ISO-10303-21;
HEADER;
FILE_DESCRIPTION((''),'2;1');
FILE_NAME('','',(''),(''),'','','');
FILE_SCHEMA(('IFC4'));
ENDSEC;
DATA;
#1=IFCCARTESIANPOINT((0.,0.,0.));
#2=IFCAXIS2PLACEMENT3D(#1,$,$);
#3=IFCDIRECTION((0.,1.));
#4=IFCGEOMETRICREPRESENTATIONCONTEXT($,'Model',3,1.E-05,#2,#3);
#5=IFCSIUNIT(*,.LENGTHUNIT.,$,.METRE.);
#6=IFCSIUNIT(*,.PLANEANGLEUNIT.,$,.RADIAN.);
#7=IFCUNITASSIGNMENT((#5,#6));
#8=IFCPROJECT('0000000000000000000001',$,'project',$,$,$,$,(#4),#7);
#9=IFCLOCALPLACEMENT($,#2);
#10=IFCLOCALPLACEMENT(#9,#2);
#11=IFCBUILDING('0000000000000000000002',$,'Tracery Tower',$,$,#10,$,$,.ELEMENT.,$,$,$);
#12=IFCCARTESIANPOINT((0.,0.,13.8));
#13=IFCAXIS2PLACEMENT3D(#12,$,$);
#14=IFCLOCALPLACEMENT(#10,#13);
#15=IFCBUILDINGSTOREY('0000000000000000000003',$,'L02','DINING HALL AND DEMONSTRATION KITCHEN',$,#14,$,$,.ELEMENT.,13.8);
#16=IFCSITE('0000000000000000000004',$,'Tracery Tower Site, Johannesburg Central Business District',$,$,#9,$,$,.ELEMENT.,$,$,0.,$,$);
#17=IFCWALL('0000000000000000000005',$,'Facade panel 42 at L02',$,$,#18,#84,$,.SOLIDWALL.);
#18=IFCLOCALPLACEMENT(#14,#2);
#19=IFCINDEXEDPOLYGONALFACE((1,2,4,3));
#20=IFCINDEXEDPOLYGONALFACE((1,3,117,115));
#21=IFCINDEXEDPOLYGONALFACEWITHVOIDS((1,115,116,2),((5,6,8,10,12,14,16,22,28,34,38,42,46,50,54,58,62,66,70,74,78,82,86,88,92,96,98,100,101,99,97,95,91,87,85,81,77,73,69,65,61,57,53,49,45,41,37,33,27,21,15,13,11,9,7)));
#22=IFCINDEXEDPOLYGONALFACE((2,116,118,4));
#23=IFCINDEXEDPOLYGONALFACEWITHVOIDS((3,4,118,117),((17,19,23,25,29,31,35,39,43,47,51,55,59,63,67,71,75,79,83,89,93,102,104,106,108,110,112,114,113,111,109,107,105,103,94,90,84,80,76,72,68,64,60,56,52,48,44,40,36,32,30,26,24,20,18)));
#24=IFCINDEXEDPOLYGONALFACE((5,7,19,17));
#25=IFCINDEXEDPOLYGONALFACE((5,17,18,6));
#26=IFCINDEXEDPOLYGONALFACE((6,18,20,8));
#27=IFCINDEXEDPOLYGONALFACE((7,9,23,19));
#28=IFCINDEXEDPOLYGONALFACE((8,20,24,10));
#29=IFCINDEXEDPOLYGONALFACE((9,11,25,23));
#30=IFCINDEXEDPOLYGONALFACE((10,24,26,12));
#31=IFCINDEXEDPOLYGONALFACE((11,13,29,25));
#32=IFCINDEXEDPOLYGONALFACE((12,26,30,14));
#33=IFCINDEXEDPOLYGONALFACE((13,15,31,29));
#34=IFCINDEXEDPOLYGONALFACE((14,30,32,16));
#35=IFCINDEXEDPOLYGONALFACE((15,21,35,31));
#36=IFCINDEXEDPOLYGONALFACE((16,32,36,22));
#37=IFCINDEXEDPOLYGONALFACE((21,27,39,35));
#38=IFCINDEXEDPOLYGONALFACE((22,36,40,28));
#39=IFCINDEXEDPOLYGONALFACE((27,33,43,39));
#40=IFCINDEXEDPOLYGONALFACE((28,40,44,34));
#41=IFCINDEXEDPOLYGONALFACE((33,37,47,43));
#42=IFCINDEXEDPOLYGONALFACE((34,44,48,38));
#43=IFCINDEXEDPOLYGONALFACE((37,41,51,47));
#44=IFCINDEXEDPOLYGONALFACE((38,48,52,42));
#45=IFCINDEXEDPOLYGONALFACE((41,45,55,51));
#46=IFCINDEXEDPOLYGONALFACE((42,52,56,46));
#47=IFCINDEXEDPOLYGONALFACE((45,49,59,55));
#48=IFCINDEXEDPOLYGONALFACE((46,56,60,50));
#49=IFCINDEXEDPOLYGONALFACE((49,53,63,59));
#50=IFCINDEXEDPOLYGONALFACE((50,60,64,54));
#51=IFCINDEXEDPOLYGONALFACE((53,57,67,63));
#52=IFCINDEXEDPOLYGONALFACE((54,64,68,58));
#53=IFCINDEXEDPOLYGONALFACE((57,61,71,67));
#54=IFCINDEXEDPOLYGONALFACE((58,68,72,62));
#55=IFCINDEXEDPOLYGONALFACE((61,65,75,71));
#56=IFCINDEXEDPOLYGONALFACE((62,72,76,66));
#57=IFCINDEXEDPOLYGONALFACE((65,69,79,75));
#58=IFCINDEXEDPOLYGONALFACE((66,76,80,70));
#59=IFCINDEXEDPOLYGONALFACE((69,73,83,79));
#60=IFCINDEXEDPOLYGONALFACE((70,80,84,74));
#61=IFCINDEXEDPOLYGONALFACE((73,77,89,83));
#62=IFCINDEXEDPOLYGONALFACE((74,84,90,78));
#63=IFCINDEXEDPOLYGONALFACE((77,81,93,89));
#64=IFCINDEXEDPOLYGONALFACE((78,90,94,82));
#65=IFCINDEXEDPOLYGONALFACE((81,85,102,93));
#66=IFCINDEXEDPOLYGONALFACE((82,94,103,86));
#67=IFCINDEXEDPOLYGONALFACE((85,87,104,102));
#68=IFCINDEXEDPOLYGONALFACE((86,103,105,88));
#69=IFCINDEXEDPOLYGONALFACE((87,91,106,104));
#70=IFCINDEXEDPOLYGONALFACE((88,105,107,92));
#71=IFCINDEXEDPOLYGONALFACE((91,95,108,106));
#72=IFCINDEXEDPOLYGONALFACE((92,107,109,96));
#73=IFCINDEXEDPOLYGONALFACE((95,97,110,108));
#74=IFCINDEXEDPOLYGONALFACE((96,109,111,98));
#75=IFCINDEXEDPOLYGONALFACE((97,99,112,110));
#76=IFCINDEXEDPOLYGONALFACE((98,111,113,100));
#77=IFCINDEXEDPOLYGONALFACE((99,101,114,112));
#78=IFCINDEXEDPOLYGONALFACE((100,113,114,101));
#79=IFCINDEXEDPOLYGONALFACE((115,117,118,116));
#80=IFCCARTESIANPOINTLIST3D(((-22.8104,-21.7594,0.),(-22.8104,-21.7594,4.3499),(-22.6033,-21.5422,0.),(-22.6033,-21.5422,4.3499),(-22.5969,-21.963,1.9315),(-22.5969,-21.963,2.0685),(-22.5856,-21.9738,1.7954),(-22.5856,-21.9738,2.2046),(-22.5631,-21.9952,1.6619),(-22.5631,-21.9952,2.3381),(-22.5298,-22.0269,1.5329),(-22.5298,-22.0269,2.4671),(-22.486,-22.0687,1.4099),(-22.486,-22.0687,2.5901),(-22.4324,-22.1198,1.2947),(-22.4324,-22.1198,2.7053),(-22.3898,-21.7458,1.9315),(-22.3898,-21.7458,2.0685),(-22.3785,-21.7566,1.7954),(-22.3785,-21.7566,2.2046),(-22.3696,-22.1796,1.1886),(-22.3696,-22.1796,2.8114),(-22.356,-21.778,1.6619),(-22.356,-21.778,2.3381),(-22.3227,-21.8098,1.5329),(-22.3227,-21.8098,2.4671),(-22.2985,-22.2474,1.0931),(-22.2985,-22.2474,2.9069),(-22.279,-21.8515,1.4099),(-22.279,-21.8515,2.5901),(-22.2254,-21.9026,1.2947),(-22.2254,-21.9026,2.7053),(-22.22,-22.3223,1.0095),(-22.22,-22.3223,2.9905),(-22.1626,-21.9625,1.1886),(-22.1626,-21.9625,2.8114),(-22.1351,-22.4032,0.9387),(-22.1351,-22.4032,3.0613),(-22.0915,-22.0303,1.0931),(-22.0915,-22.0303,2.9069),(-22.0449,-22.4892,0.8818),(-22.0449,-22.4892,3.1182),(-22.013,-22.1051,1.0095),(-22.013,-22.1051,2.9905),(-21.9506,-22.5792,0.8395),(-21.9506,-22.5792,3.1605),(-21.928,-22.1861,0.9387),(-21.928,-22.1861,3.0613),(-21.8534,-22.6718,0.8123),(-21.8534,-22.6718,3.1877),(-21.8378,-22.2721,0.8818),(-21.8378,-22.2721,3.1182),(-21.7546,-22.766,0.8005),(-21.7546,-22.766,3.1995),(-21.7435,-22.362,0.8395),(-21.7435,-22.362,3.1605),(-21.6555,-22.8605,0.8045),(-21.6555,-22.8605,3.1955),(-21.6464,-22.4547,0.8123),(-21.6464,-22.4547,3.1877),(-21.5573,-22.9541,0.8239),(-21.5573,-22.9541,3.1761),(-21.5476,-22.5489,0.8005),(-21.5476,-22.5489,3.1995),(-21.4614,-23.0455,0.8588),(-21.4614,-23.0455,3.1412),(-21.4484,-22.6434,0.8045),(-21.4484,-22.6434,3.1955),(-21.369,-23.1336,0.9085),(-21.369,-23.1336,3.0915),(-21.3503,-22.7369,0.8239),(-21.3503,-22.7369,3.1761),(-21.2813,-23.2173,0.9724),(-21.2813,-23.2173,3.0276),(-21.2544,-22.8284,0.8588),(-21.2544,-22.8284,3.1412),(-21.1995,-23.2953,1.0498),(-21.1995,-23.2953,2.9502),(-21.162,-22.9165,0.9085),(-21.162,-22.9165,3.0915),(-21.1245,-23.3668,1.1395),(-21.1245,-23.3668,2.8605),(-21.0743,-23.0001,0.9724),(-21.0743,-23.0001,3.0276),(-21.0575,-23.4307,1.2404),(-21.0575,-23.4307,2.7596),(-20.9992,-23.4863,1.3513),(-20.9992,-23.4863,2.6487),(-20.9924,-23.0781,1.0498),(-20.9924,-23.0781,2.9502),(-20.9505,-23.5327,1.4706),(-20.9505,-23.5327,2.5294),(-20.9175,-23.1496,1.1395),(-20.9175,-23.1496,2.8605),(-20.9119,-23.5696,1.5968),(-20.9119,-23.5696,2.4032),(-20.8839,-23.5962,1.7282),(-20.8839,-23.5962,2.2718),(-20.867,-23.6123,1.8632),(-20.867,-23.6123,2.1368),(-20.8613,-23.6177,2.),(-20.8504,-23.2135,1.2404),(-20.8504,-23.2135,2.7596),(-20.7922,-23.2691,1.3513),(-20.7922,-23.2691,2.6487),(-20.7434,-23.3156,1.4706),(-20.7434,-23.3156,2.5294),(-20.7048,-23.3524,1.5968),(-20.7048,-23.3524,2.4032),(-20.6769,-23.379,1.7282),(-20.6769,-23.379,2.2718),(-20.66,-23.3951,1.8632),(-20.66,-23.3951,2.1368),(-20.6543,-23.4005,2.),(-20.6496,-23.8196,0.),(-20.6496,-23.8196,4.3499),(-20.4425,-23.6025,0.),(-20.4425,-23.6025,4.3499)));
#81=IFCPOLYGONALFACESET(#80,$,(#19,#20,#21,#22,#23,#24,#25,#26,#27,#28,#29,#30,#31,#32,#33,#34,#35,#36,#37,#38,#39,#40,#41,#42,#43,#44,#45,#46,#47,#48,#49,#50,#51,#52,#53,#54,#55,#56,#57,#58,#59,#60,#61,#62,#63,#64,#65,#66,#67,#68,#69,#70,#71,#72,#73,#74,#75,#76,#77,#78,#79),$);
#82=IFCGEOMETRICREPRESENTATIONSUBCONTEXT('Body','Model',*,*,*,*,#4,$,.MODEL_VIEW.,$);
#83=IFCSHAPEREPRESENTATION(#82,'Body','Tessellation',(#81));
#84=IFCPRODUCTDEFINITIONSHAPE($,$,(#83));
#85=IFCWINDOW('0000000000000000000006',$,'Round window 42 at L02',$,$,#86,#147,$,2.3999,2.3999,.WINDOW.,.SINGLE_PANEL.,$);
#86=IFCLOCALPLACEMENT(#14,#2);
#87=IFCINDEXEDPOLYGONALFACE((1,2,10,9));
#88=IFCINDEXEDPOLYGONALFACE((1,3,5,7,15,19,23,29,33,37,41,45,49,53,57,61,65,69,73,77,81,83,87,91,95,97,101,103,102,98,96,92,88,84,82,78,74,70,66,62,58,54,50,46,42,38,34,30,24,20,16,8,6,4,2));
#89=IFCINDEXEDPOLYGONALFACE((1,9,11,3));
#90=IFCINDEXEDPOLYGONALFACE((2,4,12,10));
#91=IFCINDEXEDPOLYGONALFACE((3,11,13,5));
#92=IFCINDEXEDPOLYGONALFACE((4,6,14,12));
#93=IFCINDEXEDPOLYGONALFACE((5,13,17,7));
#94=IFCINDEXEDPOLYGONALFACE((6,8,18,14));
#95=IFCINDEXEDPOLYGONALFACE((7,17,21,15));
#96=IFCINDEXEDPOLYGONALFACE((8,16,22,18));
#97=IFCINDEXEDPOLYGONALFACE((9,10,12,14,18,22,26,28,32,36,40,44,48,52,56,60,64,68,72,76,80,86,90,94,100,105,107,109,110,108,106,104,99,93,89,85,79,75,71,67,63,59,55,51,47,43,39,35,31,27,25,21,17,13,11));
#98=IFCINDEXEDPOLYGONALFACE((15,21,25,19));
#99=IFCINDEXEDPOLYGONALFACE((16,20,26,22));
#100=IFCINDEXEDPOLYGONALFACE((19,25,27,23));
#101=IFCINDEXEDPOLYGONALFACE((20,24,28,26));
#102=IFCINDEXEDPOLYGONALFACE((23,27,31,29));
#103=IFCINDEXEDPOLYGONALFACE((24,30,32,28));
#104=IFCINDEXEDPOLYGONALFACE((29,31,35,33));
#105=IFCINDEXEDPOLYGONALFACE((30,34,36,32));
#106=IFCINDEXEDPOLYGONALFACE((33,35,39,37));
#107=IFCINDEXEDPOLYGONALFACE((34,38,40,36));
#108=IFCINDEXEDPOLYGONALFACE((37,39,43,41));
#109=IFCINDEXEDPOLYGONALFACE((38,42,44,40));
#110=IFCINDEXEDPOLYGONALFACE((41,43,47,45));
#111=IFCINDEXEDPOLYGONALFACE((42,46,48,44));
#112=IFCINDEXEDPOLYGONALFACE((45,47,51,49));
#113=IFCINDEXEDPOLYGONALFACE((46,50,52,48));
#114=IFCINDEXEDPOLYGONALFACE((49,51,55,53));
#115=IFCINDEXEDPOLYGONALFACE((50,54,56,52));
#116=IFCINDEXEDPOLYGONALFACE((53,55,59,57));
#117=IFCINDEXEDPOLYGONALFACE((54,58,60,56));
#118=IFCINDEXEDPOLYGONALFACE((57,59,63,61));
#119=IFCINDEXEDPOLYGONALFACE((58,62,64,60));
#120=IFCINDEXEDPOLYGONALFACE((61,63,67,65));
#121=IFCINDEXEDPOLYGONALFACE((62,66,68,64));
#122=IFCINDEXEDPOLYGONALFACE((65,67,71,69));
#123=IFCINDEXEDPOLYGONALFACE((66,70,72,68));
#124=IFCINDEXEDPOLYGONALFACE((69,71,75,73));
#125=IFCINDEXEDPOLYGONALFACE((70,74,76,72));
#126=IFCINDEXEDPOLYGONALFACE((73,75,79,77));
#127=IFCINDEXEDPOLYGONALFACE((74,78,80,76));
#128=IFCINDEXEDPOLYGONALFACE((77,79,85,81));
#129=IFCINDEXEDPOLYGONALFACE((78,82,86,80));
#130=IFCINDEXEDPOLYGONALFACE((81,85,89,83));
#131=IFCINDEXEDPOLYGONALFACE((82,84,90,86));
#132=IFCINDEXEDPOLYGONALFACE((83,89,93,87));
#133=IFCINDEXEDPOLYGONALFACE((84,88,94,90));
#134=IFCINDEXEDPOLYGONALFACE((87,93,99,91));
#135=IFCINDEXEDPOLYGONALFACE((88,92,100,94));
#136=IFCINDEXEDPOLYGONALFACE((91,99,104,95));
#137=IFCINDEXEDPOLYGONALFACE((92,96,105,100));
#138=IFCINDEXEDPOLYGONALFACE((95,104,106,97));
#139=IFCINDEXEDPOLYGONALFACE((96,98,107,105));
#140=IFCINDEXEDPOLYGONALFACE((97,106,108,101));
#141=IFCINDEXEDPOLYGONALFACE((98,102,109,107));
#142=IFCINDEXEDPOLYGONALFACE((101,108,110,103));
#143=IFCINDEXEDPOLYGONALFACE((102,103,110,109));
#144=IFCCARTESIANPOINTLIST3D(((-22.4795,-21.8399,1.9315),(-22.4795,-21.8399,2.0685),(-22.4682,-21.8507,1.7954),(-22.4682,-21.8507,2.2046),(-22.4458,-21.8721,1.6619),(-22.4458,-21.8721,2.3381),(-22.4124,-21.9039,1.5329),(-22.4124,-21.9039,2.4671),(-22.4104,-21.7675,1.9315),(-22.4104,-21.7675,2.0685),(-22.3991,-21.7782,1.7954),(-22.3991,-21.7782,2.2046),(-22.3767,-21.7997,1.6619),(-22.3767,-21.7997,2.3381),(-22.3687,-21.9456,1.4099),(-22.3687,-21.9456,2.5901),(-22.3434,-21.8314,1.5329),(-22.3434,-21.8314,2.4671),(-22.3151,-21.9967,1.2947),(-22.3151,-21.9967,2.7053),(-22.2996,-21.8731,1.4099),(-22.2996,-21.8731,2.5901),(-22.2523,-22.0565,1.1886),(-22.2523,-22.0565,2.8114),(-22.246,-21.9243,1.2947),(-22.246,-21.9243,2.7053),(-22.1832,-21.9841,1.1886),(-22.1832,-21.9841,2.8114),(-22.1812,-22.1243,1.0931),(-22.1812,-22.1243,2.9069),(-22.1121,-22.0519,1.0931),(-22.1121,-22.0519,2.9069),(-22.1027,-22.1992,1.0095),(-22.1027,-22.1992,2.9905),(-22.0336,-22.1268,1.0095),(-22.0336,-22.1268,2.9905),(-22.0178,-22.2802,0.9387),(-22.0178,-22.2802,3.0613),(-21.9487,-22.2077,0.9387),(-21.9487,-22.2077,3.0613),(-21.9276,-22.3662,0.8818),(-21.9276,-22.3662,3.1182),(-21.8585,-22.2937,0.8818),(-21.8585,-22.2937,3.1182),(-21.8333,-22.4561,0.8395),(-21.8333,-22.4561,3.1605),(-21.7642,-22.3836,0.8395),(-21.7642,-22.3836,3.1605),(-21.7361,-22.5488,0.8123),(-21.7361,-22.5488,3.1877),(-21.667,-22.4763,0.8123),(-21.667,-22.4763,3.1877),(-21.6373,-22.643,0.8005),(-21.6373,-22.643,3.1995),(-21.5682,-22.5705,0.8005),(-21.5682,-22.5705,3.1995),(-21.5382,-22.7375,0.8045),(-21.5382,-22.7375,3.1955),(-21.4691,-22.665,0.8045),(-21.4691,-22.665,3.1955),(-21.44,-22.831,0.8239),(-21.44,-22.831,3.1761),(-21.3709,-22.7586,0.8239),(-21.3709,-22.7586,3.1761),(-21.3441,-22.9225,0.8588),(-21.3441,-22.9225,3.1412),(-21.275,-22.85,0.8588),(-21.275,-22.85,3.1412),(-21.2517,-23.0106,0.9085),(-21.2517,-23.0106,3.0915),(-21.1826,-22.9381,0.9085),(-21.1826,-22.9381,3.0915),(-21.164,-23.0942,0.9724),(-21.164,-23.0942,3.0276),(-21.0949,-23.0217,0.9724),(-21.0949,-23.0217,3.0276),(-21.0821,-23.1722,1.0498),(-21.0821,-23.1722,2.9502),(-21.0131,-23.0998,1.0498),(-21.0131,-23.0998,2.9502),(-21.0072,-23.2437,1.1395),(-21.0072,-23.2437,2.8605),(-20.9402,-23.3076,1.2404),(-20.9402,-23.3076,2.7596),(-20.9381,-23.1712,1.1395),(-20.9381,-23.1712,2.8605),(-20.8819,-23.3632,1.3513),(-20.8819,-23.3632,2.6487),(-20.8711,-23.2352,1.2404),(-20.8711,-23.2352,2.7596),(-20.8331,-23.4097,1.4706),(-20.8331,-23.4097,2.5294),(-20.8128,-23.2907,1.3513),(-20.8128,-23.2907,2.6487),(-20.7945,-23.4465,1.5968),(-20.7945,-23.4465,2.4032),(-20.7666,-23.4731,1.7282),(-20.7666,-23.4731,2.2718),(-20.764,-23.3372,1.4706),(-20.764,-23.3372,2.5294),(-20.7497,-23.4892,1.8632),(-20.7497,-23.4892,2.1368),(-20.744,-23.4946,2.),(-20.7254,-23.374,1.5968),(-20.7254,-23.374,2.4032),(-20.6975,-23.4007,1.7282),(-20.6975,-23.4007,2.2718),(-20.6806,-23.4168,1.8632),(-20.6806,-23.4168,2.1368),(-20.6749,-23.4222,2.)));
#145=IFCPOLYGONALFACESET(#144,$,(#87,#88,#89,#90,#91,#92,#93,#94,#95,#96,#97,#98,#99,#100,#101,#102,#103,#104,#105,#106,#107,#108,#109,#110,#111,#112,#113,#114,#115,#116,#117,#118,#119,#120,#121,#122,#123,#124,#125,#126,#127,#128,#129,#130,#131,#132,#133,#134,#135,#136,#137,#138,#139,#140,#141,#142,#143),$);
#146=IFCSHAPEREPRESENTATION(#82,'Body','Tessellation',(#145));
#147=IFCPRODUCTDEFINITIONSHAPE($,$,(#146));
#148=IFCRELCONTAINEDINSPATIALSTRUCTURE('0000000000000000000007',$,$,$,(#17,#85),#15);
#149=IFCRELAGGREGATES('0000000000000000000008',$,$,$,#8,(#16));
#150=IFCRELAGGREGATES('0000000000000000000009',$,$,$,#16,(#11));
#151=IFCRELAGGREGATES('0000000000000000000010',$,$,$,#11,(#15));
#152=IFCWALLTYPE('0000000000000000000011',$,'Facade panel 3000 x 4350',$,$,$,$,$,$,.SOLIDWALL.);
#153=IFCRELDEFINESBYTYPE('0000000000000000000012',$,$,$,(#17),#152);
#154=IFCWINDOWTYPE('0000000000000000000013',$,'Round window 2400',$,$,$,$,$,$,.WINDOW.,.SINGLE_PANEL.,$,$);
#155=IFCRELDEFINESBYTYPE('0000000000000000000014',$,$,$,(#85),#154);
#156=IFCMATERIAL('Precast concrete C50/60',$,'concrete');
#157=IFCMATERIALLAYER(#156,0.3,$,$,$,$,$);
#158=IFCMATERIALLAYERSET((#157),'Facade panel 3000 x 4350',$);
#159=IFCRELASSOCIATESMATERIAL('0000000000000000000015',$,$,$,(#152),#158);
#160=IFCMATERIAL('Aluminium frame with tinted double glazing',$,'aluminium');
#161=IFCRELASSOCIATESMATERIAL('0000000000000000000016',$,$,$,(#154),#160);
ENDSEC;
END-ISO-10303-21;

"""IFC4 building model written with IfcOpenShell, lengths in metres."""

from ifc_helpers import new_model, si_unit, direction, frame, frame_2d, origin, origin_2d, place, context, subcontext, project, spatial, rectangle, circle, extrude, material, layer, layer_set, type_object, element, fill, save


model = new_model("IFC4")

# Units and contexts
model_context = context("Model", 3, precision=1e-05, world=origin(), true_north=direction((0.0, 1.0)))
body_context = subcontext(model_context, "Body", "Model", "MODEL_VIEW")
ifc_project = project(units=[si_unit("LENGTHUNIT", "METRE"), si_unit("PLANEANGLEUNIT", "RADIAN")], contexts=[model_context])

# Site, building, storey
site_placement = place(None, origin())
site = spatial("IfcSite", under=ifc_project, at=site_placement, Name="Tracery Tower Site, Johannesburg Central Business District", CompositionType="ELEMENT", RefElevation=0.0)
building_placement = place(site_placement, origin())
building = spatial("IfcBuilding", under=site, at=building_placement, Name="Tracery Tower", CompositionType="ELEMENT")
storey_placement = place(building_placement, frame((0.0, 0.0, 13.8)))
storey = spatial("IfcBuildingStorey", under=building, at=storey_placement, Name="L02", Description="DINING HALL AND DEMONSTRATION KITCHEN", CompositionType="ELEMENT", Elevation=13.8)

# Wall, opening, window
ifc_material_1 = material(Name="Precast concrete C50/60", Category="concrete")
ifc_layer_1 = layer(ifc_material_1, 0.3)
ifc_layer_set_1 = layer_set([ifc_layer_1], Name="Facade panel 3000 x 4350")
wall_type_1 = type_object("IfcWallType", Name="Facade panel 3000 x 4350", PredefinedType="SOLIDWALL", material=ifc_layer_set_1)
ifc_material_2 = material(Name="Aluminium frame with tinted double glazing", Category="aluminium")
window_type = type_object("IfcWindowType", Name="Round window 2400", PartitioningType="SINGLE_PANEL", PredefinedType="WINDOW", material=ifc_material_2)
wall_1_placement = place(storey_placement, frame((-22.7068, -21.6509, 0.0), z_axis=(0.0, 0.0, 1.0), x_axis=(0.723751, -0.690061, 0.0)))
wall_1 = element("IfcWall", 1, at=wall_1_placement, inside=storey, type_object=wall_type_1, Name="Facade panel 42 at L02", PredefinedType="SOLIDWALL", context=body_context, shape_type="SweptSolid", body=[
    extrude(rectangle(XDim=2.9856, YDim=0.3, at=frame_2d((1.4927, 0.0))), origin(), (0.0, 0.0, 1.0), 4.3499),
])
opening_1_placement = place(wall_1_placement, frame((1.4929, 0.0, 2.0)))
opening_1 = element("IfcOpeningElement", 2, at=opening_1_placement, cuts=wall_1, PredefinedType="OPENING", context=body_context, shape_type="SweptSolid", body=[
    extrude(circle(Radius=1.2, at=origin_2d()), frame((0.0, 0.1599, 0.0), z_axis=(0.0, -1.0, 0.0), x_axis=(1.0, 0.0, 0.0)), (0.0, 0.0, 1.0), 0.3201),
])
window_1_placement = place(opening_1_placement, origin())
window_1 = element("IfcWindow", 3, at=window_1_placement, inside=storey, type_object=window_type, Name="Round window 42 at L02", OverallHeight=2.3999, OverallWidth=2.3999, PartitioningType="SINGLE_PANEL", PredefinedType="WINDOW", context=body_context, shape_type="SweptSolid", body=[
    extrude(circle(Radius=1.2, at=origin_2d()), frame((0.0, 0.1201, 0.0), z_axis=(0.0, -1.0, 0.0), x_axis=(1.0, 0.0, 0.0)), (0.0, 0.0, 1.0), 0.1001),
])
fill(opening_1, window_1)

save(model, "model.ifc")
